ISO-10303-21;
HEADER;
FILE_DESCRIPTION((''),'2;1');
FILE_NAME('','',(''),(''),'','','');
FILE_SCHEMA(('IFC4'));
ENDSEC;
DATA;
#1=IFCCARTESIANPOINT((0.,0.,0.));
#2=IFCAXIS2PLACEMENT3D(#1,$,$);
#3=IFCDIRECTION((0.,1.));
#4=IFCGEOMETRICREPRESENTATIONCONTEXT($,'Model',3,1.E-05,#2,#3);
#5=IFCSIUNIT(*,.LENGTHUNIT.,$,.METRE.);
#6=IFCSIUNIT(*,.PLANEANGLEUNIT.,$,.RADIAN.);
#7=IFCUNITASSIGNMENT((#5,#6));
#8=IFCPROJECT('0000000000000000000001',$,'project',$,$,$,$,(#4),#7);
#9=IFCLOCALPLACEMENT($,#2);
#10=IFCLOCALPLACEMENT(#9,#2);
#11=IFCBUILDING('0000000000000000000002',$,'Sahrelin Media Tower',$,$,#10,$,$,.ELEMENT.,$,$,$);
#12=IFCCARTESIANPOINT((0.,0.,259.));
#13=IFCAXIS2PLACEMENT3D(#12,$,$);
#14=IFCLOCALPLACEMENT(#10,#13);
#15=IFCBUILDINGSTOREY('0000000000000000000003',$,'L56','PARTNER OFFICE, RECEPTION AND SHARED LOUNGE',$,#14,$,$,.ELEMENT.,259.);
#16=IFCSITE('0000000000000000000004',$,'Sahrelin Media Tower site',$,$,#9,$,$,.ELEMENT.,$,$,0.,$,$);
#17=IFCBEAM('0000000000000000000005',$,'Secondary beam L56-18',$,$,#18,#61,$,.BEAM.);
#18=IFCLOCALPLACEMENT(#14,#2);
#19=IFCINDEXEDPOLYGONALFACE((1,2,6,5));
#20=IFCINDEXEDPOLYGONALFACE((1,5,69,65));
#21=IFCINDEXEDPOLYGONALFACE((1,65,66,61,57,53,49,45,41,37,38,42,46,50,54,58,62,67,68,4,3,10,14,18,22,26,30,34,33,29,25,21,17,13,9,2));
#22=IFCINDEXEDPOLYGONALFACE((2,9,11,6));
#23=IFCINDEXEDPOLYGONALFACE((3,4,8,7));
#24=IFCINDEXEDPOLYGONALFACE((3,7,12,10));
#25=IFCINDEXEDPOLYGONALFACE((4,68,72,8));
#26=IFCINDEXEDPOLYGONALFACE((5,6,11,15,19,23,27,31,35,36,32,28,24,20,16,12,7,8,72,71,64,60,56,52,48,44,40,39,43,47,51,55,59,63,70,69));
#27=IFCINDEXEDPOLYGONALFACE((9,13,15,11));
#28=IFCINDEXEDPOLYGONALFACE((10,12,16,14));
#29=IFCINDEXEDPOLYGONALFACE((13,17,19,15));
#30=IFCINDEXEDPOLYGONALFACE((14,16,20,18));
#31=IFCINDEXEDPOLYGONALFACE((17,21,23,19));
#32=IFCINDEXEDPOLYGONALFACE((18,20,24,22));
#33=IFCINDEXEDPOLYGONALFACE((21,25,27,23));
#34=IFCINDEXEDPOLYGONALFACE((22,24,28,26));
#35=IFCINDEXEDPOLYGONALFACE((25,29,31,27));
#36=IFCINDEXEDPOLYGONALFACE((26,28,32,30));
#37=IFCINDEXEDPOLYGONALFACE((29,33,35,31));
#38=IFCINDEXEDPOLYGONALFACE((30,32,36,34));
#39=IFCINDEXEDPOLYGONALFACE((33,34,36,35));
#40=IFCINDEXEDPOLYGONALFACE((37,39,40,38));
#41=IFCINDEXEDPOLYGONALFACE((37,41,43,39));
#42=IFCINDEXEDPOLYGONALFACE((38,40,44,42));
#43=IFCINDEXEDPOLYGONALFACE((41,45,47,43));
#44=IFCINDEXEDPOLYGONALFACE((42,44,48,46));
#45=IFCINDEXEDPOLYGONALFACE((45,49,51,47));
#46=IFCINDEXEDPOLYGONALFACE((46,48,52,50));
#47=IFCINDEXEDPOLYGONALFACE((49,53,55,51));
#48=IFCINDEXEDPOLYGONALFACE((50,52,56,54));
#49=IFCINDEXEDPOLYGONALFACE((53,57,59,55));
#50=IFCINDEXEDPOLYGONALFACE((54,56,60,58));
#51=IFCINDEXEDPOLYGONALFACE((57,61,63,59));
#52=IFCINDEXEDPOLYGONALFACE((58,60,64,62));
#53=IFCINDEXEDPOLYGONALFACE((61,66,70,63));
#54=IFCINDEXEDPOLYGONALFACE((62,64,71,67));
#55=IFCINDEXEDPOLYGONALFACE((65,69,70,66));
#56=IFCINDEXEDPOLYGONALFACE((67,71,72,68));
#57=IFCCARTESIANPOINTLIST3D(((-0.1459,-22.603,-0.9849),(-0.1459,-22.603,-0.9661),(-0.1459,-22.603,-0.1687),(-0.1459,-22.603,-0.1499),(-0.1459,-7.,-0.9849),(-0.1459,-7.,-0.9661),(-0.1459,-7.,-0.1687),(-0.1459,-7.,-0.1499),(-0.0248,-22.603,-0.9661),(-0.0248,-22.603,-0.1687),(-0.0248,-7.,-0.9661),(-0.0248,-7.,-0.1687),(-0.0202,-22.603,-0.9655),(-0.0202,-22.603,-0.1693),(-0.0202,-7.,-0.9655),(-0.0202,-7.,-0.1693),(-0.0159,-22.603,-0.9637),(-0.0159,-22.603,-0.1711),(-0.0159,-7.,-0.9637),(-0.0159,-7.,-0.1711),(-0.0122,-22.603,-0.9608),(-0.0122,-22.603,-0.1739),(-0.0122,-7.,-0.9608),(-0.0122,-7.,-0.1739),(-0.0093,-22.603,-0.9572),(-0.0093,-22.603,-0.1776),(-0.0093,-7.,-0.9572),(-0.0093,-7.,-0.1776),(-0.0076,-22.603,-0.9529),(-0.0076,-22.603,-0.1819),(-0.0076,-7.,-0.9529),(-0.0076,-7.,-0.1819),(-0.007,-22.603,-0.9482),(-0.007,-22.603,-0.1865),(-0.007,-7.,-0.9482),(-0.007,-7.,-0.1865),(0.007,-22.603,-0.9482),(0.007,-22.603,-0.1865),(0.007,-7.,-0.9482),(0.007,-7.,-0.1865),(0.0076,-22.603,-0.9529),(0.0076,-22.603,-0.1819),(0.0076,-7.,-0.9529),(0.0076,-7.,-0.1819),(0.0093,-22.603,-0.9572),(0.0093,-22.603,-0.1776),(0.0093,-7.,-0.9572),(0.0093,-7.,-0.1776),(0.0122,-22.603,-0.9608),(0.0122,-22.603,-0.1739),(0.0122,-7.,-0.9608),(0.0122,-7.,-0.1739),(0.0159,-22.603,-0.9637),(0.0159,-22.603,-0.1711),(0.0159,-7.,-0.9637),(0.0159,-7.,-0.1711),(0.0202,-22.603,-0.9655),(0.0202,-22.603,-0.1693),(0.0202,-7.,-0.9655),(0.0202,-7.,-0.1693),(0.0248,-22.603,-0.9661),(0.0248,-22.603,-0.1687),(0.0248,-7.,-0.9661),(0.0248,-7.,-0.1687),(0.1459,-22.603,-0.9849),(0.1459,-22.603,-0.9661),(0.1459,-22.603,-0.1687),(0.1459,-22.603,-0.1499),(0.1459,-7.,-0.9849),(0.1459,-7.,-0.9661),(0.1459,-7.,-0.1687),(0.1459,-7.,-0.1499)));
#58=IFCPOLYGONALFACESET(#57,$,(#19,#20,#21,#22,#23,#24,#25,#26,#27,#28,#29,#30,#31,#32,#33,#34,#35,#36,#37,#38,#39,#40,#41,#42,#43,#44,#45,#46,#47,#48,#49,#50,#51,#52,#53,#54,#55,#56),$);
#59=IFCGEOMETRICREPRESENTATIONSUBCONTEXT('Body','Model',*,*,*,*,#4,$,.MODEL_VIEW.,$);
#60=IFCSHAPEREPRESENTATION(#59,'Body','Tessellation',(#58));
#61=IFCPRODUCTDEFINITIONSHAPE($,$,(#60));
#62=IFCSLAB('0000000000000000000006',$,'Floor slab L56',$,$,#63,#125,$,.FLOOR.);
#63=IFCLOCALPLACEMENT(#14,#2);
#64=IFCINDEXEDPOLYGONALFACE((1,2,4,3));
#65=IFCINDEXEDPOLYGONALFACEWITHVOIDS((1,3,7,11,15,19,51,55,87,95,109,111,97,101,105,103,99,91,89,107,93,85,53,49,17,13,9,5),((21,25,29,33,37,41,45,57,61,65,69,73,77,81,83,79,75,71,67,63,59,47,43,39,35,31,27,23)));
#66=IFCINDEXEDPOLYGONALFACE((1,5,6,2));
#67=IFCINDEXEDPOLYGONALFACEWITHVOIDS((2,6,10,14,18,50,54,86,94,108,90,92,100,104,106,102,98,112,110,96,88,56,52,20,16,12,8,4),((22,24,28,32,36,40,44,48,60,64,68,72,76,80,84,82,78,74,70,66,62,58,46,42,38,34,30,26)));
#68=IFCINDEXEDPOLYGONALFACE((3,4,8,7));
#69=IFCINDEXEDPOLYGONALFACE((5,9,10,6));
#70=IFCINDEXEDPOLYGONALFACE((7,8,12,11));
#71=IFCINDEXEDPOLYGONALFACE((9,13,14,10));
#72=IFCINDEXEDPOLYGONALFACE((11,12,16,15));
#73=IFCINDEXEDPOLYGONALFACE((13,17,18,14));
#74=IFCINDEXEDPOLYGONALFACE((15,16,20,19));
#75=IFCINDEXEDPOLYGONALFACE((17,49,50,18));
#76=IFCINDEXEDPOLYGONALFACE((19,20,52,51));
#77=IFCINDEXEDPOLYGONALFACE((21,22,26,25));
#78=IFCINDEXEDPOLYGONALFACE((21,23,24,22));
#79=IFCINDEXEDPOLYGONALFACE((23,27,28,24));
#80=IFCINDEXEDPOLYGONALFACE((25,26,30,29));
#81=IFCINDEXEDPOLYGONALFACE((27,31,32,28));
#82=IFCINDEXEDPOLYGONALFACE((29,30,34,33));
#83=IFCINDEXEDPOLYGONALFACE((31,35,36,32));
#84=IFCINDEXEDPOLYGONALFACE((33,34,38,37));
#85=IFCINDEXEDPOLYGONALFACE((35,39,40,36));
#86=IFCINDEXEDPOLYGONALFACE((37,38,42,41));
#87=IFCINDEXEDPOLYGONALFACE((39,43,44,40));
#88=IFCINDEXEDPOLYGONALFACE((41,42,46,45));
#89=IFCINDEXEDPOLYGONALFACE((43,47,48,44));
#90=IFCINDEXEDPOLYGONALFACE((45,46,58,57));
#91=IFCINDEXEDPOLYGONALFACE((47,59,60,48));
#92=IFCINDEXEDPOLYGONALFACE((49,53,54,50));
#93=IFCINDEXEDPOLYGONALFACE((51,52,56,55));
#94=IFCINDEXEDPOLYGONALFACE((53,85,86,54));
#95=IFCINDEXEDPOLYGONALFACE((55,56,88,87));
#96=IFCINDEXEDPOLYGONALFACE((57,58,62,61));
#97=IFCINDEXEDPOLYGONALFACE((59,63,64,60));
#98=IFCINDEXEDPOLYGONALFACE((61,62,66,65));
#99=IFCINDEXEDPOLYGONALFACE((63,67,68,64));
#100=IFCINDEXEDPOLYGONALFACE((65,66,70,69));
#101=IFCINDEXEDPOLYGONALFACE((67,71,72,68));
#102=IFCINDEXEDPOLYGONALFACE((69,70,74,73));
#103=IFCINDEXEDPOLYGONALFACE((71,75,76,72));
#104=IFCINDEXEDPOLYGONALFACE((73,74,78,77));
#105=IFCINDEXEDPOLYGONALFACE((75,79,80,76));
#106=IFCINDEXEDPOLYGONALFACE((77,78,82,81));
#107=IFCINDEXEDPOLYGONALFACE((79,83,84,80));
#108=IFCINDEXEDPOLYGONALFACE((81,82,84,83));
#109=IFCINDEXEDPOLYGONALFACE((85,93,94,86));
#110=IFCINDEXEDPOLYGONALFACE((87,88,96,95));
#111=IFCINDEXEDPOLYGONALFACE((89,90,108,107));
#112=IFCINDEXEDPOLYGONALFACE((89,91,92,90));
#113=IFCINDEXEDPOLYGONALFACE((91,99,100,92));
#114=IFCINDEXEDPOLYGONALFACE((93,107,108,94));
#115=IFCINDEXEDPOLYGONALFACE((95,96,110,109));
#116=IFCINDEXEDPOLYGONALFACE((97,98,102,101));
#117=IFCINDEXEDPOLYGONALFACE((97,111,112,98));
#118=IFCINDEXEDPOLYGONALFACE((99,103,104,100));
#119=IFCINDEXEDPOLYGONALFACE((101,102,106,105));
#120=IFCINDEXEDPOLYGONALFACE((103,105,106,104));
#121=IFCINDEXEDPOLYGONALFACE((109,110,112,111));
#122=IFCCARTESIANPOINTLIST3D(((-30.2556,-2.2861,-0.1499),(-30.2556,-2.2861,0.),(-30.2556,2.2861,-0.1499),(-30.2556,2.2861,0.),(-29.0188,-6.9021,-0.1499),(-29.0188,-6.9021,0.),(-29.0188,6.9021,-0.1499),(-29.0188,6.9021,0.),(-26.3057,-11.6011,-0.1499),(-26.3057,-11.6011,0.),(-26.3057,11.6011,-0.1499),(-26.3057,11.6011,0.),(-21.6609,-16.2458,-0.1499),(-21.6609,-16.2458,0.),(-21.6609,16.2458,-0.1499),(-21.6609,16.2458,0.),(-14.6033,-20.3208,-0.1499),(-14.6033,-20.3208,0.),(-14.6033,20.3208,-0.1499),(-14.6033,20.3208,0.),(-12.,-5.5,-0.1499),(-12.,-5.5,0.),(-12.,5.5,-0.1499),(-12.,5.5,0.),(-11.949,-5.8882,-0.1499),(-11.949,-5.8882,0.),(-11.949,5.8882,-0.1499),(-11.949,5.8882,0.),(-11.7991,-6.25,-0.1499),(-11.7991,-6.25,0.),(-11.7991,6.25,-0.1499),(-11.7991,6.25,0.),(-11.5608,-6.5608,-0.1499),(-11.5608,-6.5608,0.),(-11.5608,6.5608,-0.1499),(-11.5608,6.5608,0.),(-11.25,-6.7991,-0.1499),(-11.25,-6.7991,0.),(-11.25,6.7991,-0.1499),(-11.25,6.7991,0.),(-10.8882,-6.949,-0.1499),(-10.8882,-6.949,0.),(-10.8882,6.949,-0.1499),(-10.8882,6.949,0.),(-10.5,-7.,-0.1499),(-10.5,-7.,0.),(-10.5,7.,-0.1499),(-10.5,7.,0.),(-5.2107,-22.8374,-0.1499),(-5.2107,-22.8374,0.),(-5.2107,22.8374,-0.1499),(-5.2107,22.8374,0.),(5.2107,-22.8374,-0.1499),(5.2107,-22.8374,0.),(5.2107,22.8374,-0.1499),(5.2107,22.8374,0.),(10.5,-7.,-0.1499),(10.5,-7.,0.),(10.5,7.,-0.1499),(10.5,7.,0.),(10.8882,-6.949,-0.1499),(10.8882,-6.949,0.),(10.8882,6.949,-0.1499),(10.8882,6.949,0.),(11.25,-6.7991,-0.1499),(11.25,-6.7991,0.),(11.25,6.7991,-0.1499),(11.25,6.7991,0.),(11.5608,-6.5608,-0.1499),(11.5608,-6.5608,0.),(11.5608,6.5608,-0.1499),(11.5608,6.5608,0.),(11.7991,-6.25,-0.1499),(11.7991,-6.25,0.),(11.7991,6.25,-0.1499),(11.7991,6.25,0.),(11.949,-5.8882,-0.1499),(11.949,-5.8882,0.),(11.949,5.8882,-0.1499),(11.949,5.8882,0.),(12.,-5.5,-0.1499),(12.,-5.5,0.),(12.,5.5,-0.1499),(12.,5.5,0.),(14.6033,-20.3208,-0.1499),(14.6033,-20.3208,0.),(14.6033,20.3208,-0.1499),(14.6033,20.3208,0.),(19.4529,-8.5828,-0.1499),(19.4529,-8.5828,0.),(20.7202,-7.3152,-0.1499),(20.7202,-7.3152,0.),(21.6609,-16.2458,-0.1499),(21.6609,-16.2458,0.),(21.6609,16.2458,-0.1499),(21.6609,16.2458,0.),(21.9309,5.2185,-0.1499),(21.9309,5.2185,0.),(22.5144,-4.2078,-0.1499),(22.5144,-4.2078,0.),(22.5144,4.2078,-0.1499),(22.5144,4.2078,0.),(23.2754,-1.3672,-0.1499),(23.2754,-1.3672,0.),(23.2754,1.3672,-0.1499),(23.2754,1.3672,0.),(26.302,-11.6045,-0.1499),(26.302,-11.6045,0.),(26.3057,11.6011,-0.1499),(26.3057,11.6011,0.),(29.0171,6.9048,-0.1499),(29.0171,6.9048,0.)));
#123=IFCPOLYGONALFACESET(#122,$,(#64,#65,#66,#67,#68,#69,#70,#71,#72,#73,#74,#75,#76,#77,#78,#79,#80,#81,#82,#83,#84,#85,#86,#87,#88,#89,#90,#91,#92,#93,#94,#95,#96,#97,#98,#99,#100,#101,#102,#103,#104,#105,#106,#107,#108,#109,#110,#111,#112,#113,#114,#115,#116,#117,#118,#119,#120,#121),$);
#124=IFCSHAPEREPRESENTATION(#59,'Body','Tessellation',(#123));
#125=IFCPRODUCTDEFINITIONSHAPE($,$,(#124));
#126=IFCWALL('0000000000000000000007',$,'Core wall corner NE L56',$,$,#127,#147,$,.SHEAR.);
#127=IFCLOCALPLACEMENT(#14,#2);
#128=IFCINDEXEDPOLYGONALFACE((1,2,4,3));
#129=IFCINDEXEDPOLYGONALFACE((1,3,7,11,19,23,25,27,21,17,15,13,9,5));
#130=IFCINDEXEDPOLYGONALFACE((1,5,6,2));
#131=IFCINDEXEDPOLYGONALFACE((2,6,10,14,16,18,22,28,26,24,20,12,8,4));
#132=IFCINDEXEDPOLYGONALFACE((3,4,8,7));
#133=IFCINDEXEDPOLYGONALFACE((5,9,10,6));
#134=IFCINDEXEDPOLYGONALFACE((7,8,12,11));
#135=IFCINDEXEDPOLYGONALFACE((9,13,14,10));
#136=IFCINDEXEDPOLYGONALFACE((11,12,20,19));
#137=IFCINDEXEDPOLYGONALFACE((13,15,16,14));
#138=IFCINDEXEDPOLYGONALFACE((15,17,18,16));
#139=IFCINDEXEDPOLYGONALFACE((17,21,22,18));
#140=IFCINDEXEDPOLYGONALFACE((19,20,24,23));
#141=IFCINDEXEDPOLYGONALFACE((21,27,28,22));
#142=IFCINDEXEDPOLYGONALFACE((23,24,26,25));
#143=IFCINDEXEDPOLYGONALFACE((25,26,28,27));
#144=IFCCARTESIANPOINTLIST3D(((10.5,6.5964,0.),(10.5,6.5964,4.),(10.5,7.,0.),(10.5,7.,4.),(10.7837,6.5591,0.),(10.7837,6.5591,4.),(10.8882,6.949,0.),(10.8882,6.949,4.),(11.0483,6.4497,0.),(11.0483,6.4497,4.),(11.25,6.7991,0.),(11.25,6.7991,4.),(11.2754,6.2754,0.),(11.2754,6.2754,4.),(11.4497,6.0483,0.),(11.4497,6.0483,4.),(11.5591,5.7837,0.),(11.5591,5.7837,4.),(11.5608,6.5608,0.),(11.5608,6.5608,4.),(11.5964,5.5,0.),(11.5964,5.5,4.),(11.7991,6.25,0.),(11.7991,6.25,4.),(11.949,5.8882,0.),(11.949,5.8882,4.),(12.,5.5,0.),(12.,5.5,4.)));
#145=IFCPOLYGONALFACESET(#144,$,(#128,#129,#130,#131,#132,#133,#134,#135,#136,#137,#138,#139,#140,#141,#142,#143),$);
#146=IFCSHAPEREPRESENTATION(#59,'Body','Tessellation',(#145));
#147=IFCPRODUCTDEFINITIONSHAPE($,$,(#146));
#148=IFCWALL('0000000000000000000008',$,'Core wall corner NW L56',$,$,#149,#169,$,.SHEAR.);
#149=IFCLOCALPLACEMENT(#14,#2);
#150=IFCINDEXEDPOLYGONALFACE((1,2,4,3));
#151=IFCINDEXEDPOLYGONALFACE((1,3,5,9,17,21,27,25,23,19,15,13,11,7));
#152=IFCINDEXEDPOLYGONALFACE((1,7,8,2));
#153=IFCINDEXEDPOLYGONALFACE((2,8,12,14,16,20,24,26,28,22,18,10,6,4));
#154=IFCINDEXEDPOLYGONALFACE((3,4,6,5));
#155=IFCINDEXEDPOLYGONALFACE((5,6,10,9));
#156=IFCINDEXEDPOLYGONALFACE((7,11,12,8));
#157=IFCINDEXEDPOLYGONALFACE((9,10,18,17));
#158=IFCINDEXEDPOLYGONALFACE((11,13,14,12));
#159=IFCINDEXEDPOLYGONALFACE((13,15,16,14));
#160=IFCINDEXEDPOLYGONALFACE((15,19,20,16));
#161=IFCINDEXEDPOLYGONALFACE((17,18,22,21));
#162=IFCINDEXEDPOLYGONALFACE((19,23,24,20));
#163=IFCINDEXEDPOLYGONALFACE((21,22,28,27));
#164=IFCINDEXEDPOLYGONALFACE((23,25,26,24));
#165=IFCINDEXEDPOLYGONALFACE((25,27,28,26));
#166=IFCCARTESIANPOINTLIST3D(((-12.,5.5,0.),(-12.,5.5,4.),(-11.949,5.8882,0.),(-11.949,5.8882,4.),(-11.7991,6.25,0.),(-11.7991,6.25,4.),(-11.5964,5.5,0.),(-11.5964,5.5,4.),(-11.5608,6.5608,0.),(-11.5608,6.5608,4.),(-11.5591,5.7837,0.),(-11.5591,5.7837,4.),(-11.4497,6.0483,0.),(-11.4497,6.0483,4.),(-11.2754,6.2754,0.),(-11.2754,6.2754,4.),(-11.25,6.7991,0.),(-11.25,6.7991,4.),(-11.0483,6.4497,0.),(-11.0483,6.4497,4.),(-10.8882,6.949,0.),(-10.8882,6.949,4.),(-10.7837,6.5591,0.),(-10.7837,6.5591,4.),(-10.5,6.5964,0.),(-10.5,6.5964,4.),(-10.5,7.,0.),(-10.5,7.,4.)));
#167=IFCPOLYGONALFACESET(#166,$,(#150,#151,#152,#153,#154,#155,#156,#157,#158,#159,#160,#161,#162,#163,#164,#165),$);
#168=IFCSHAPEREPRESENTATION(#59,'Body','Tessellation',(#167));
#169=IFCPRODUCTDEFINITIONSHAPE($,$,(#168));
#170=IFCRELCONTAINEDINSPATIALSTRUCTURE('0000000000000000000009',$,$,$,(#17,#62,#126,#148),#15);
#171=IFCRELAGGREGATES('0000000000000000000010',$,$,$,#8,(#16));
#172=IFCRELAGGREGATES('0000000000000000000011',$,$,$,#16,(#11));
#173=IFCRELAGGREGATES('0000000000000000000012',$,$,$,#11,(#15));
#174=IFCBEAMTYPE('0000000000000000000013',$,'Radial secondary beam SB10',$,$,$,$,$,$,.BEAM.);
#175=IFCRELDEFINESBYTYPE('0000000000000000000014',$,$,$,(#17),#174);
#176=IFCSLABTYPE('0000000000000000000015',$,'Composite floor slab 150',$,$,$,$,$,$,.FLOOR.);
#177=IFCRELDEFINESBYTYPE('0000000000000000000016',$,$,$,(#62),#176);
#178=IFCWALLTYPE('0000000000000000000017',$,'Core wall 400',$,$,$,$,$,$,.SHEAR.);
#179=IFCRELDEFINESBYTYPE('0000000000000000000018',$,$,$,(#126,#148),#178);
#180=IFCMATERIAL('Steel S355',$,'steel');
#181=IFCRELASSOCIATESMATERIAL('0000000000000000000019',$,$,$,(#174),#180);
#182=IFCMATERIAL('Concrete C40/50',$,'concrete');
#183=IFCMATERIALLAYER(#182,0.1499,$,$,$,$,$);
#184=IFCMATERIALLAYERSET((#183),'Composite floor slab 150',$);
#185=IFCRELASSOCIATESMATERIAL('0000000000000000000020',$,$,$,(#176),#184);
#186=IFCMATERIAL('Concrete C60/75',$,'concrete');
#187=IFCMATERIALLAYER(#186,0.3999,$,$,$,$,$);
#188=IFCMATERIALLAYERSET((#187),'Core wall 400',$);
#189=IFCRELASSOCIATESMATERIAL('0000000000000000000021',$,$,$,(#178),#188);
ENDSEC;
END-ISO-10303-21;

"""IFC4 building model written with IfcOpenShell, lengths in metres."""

from ifc_helpers import new_model, si_unit, direction, frame, origin, origin_2d, place, context, subcontext, project, spatial, polyline, i_section, outline, extrude, material, layer, layer_set, material_profile, profile_set, type_object, element, save


model = new_model("IFC4")

# Units and contexts
model_context = context("Model", 3, precision=1e-05, world=origin(), true_north=direction((0.0, 1.0)))
body_context = subcontext(model_context, "Body", "Model", "MODEL_VIEW")
ifc_project = project(units=[si_unit("LENGTHUNIT", "METRE"), si_unit("PLANEANGLEUNIT", "RADIAN")], contexts=[model_context])

# Site, building, storey
site_placement = place(None, origin())
site = spatial("IfcSite", under=ifc_project, at=site_placement, Name="Sahrelin Media Tower site", CompositionType="ELEMENT", RefElevation=0.0)
building_placement = place(site_placement, origin())
building = spatial("IfcBuilding", under=site, at=building_placement, Name="Sahrelin Media Tower", CompositionType="ELEMENT")
storey_placement = place(building_placement, frame((0.0, 0.0, 259.0)))
storey = spatial("IfcBuildingStorey", under=building, at=storey_placement, Name="L56", Description="PARTNER OFFICE, RECEPTION AND SHARED LOUNGE", CompositionType="ELEMENT", Elevation=259.0)

# Beam
ifc_material_1 = material(Name="Steel S355", Category="steel")
ifc_material_profile = material_profile(ifc_material_1, i_section(OverallWidth=0.2917, OverallDepth=0.835, WebThickness=0.0139, FlangeThickness=0.0188, FilletRadius=0.0178, at=origin_2d()), Name="UB 838x292x176")
ifc_profile_set = profile_set([ifc_material_profile], Name="Steel S355")
beam_type = type_object("IfcBeamType", Name="Radial secondary beam SB10", PredefinedType="BEAM", material=ifc_profile_set)
beam_placement = place(storey_placement, frame((0.0, -7.0, -0.5674), z_axis=(0.0, -1.0, 0.0), x_axis=(1.0, 0.0, 0.0)))
element("IfcBeam", 1, at=beam_placement, inside=storey, type_object=beam_type, Name="Secondary beam L56-18", PredefinedType="BEAM", context=body_context, shape_type="SweptSolid", body=[
    extrude(i_section(OverallWidth=0.2917, OverallDepth=0.835, WebThickness=0.0139, FlangeThickness=0.0188, FilletRadius=0.0178, at=origin_2d()), origin(), (0.0, 0.0, 1.0), 15.603),
])

# Slab
ifc_material_2 = material(Name="Concrete C40/50", Category="concrete")
ifc_layer_1 = layer(ifc_material_2, 0.1499)
ifc_layer_set_1 = layer_set([ifc_layer_1], Name="Composite floor slab 150")
slab_type = type_object("IfcSlabType", Name="Composite floor slab 150", PredefinedType="FLOOR", material=ifc_layer_set_1)
slab_placement = place(storey_placement, frame((0.0, 0.0, -0.1499)))
element("IfcSlab", 2, at=slab_placement, inside=storey, type_object=slab_type, Name="Floor slab L56", PredefinedType="FLOOR", context=body_context, shape_type="SweptSolid", body=[
    extrude(outline(polyline([(21.6609, -16.2458), (26.302, -11.6045), (19.4529, -8.5828), (20.7202, -7.3152), (22.5144, -4.2078), (23.2754, -1.3672), (23.2754, 1.3672), (22.5144, 4.2078), (21.9309, 5.2185), (29.0171, 6.9048), (26.3057, 11.6011), (21.6609, 16.2458), (14.6033, 20.3208), (5.2107, 22.8374), (-5.2107, 22.8374), (-14.6033, 20.3208), (-21.6609, 16.2458), (-26.3057, 11.6011), (-29.0188, 6.9021), (-30.2556, 2.2861), (-30.2556, -2.2861), (-29.0188, -6.9021), (-26.3057, -11.6011), (-21.6609, -16.2458), (-14.6033, -20.3208), (-5.2107, -22.8374), (5.2107, -22.8374), (14.6033, -20.3208), (21.6609, -16.2458)]), holes=[polyline([(11.7991, 6.25), (11.949, 5.8882), (12.0, 5.5), (12.0, -5.5), (11.949, -5.8882), (11.7991, -6.25), (11.5608, -6.5608), (11.25, -6.7991), (10.8882, -6.949), (10.5, -7.0), (-10.5, -7.0), (-10.8882, -6.949), (-11.25, -6.7991), (-11.5608, -6.5608), (-11.7991, -6.25), (-11.949, -5.8882), (-12.0, -5.5), (-12.0, 5.5), (-11.949, 5.8882), (-11.7991, 6.25), (-11.5608, 6.5608), (-11.25, 6.7991), (-10.8882, 6.949), (-10.5, 7.0), (10.5, 7.0), (10.8882, 6.949), (11.25, 6.7991), (11.5608, 6.5608), (11.7991, 6.25)])]), origin(), (0.0, 0.0, 1.0), 0.1499),
])

# Walls
ifc_material_3 = material(Name="Concrete C60/75", Category="concrete")
ifc_layer_2 = layer(ifc_material_3, 0.3999)
ifc_layer_set_2 = layer_set([ifc_layer_2], Name="Core wall 400")
wall_type_1 = type_object("IfcWallType", Name="Core wall 400", PredefinedType="SHEAR", material=ifc_layer_set_2)
placement = place(storey_placement, origin())
element("IfcWall", 3, at=placement, inside=storey, type_object=wall_type_1, Name="Core wall corner NE L56", PredefinedType="SHEAR", context=body_context, shape_type="SweptSolid", body=[
    extrude(outline(polyline([(10.5, 7.0), (10.5, 6.5964), (10.7837, 6.5591), (11.0483, 6.4497), (11.2754, 6.2754), (11.4497, 6.0483), (11.5591, 5.7837), (11.5964, 5.5), (12.0, 5.5), (11.949, 5.8882), (11.7991, 6.25), (11.5608, 6.5608), (11.25, 6.7991), (10.8882, 6.949), (10.5, 7.0)])), origin(), (0.0, 0.0, 1.0), 4.0),
])
element("IfcWall", 4, at=placement, inside=storey, type_object=wall_type_1, Name="Core wall corner NW L56", PredefinedType="SHEAR", context=body_context, shape_type="SweptSolid", body=[
    extrude(outline(polyline([(-12.0, 5.5), (-11.5964, 5.5), (-11.5591, 5.7837), (-11.4497, 6.0483), (-11.2754, 6.2754), (-11.0483, 6.4497), (-10.7837, 6.5591), (-10.5, 6.5964), (-10.5, 7.0), (-10.8882, 6.949), (-11.25, 6.7991), (-11.5608, 6.5608), (-11.7991, 6.25), (-11.949, 5.8882), (-12.0, 5.5)])), origin(), (0.0, 0.0, 1.0), 4.0),
])

save(model, "model.ifc")
